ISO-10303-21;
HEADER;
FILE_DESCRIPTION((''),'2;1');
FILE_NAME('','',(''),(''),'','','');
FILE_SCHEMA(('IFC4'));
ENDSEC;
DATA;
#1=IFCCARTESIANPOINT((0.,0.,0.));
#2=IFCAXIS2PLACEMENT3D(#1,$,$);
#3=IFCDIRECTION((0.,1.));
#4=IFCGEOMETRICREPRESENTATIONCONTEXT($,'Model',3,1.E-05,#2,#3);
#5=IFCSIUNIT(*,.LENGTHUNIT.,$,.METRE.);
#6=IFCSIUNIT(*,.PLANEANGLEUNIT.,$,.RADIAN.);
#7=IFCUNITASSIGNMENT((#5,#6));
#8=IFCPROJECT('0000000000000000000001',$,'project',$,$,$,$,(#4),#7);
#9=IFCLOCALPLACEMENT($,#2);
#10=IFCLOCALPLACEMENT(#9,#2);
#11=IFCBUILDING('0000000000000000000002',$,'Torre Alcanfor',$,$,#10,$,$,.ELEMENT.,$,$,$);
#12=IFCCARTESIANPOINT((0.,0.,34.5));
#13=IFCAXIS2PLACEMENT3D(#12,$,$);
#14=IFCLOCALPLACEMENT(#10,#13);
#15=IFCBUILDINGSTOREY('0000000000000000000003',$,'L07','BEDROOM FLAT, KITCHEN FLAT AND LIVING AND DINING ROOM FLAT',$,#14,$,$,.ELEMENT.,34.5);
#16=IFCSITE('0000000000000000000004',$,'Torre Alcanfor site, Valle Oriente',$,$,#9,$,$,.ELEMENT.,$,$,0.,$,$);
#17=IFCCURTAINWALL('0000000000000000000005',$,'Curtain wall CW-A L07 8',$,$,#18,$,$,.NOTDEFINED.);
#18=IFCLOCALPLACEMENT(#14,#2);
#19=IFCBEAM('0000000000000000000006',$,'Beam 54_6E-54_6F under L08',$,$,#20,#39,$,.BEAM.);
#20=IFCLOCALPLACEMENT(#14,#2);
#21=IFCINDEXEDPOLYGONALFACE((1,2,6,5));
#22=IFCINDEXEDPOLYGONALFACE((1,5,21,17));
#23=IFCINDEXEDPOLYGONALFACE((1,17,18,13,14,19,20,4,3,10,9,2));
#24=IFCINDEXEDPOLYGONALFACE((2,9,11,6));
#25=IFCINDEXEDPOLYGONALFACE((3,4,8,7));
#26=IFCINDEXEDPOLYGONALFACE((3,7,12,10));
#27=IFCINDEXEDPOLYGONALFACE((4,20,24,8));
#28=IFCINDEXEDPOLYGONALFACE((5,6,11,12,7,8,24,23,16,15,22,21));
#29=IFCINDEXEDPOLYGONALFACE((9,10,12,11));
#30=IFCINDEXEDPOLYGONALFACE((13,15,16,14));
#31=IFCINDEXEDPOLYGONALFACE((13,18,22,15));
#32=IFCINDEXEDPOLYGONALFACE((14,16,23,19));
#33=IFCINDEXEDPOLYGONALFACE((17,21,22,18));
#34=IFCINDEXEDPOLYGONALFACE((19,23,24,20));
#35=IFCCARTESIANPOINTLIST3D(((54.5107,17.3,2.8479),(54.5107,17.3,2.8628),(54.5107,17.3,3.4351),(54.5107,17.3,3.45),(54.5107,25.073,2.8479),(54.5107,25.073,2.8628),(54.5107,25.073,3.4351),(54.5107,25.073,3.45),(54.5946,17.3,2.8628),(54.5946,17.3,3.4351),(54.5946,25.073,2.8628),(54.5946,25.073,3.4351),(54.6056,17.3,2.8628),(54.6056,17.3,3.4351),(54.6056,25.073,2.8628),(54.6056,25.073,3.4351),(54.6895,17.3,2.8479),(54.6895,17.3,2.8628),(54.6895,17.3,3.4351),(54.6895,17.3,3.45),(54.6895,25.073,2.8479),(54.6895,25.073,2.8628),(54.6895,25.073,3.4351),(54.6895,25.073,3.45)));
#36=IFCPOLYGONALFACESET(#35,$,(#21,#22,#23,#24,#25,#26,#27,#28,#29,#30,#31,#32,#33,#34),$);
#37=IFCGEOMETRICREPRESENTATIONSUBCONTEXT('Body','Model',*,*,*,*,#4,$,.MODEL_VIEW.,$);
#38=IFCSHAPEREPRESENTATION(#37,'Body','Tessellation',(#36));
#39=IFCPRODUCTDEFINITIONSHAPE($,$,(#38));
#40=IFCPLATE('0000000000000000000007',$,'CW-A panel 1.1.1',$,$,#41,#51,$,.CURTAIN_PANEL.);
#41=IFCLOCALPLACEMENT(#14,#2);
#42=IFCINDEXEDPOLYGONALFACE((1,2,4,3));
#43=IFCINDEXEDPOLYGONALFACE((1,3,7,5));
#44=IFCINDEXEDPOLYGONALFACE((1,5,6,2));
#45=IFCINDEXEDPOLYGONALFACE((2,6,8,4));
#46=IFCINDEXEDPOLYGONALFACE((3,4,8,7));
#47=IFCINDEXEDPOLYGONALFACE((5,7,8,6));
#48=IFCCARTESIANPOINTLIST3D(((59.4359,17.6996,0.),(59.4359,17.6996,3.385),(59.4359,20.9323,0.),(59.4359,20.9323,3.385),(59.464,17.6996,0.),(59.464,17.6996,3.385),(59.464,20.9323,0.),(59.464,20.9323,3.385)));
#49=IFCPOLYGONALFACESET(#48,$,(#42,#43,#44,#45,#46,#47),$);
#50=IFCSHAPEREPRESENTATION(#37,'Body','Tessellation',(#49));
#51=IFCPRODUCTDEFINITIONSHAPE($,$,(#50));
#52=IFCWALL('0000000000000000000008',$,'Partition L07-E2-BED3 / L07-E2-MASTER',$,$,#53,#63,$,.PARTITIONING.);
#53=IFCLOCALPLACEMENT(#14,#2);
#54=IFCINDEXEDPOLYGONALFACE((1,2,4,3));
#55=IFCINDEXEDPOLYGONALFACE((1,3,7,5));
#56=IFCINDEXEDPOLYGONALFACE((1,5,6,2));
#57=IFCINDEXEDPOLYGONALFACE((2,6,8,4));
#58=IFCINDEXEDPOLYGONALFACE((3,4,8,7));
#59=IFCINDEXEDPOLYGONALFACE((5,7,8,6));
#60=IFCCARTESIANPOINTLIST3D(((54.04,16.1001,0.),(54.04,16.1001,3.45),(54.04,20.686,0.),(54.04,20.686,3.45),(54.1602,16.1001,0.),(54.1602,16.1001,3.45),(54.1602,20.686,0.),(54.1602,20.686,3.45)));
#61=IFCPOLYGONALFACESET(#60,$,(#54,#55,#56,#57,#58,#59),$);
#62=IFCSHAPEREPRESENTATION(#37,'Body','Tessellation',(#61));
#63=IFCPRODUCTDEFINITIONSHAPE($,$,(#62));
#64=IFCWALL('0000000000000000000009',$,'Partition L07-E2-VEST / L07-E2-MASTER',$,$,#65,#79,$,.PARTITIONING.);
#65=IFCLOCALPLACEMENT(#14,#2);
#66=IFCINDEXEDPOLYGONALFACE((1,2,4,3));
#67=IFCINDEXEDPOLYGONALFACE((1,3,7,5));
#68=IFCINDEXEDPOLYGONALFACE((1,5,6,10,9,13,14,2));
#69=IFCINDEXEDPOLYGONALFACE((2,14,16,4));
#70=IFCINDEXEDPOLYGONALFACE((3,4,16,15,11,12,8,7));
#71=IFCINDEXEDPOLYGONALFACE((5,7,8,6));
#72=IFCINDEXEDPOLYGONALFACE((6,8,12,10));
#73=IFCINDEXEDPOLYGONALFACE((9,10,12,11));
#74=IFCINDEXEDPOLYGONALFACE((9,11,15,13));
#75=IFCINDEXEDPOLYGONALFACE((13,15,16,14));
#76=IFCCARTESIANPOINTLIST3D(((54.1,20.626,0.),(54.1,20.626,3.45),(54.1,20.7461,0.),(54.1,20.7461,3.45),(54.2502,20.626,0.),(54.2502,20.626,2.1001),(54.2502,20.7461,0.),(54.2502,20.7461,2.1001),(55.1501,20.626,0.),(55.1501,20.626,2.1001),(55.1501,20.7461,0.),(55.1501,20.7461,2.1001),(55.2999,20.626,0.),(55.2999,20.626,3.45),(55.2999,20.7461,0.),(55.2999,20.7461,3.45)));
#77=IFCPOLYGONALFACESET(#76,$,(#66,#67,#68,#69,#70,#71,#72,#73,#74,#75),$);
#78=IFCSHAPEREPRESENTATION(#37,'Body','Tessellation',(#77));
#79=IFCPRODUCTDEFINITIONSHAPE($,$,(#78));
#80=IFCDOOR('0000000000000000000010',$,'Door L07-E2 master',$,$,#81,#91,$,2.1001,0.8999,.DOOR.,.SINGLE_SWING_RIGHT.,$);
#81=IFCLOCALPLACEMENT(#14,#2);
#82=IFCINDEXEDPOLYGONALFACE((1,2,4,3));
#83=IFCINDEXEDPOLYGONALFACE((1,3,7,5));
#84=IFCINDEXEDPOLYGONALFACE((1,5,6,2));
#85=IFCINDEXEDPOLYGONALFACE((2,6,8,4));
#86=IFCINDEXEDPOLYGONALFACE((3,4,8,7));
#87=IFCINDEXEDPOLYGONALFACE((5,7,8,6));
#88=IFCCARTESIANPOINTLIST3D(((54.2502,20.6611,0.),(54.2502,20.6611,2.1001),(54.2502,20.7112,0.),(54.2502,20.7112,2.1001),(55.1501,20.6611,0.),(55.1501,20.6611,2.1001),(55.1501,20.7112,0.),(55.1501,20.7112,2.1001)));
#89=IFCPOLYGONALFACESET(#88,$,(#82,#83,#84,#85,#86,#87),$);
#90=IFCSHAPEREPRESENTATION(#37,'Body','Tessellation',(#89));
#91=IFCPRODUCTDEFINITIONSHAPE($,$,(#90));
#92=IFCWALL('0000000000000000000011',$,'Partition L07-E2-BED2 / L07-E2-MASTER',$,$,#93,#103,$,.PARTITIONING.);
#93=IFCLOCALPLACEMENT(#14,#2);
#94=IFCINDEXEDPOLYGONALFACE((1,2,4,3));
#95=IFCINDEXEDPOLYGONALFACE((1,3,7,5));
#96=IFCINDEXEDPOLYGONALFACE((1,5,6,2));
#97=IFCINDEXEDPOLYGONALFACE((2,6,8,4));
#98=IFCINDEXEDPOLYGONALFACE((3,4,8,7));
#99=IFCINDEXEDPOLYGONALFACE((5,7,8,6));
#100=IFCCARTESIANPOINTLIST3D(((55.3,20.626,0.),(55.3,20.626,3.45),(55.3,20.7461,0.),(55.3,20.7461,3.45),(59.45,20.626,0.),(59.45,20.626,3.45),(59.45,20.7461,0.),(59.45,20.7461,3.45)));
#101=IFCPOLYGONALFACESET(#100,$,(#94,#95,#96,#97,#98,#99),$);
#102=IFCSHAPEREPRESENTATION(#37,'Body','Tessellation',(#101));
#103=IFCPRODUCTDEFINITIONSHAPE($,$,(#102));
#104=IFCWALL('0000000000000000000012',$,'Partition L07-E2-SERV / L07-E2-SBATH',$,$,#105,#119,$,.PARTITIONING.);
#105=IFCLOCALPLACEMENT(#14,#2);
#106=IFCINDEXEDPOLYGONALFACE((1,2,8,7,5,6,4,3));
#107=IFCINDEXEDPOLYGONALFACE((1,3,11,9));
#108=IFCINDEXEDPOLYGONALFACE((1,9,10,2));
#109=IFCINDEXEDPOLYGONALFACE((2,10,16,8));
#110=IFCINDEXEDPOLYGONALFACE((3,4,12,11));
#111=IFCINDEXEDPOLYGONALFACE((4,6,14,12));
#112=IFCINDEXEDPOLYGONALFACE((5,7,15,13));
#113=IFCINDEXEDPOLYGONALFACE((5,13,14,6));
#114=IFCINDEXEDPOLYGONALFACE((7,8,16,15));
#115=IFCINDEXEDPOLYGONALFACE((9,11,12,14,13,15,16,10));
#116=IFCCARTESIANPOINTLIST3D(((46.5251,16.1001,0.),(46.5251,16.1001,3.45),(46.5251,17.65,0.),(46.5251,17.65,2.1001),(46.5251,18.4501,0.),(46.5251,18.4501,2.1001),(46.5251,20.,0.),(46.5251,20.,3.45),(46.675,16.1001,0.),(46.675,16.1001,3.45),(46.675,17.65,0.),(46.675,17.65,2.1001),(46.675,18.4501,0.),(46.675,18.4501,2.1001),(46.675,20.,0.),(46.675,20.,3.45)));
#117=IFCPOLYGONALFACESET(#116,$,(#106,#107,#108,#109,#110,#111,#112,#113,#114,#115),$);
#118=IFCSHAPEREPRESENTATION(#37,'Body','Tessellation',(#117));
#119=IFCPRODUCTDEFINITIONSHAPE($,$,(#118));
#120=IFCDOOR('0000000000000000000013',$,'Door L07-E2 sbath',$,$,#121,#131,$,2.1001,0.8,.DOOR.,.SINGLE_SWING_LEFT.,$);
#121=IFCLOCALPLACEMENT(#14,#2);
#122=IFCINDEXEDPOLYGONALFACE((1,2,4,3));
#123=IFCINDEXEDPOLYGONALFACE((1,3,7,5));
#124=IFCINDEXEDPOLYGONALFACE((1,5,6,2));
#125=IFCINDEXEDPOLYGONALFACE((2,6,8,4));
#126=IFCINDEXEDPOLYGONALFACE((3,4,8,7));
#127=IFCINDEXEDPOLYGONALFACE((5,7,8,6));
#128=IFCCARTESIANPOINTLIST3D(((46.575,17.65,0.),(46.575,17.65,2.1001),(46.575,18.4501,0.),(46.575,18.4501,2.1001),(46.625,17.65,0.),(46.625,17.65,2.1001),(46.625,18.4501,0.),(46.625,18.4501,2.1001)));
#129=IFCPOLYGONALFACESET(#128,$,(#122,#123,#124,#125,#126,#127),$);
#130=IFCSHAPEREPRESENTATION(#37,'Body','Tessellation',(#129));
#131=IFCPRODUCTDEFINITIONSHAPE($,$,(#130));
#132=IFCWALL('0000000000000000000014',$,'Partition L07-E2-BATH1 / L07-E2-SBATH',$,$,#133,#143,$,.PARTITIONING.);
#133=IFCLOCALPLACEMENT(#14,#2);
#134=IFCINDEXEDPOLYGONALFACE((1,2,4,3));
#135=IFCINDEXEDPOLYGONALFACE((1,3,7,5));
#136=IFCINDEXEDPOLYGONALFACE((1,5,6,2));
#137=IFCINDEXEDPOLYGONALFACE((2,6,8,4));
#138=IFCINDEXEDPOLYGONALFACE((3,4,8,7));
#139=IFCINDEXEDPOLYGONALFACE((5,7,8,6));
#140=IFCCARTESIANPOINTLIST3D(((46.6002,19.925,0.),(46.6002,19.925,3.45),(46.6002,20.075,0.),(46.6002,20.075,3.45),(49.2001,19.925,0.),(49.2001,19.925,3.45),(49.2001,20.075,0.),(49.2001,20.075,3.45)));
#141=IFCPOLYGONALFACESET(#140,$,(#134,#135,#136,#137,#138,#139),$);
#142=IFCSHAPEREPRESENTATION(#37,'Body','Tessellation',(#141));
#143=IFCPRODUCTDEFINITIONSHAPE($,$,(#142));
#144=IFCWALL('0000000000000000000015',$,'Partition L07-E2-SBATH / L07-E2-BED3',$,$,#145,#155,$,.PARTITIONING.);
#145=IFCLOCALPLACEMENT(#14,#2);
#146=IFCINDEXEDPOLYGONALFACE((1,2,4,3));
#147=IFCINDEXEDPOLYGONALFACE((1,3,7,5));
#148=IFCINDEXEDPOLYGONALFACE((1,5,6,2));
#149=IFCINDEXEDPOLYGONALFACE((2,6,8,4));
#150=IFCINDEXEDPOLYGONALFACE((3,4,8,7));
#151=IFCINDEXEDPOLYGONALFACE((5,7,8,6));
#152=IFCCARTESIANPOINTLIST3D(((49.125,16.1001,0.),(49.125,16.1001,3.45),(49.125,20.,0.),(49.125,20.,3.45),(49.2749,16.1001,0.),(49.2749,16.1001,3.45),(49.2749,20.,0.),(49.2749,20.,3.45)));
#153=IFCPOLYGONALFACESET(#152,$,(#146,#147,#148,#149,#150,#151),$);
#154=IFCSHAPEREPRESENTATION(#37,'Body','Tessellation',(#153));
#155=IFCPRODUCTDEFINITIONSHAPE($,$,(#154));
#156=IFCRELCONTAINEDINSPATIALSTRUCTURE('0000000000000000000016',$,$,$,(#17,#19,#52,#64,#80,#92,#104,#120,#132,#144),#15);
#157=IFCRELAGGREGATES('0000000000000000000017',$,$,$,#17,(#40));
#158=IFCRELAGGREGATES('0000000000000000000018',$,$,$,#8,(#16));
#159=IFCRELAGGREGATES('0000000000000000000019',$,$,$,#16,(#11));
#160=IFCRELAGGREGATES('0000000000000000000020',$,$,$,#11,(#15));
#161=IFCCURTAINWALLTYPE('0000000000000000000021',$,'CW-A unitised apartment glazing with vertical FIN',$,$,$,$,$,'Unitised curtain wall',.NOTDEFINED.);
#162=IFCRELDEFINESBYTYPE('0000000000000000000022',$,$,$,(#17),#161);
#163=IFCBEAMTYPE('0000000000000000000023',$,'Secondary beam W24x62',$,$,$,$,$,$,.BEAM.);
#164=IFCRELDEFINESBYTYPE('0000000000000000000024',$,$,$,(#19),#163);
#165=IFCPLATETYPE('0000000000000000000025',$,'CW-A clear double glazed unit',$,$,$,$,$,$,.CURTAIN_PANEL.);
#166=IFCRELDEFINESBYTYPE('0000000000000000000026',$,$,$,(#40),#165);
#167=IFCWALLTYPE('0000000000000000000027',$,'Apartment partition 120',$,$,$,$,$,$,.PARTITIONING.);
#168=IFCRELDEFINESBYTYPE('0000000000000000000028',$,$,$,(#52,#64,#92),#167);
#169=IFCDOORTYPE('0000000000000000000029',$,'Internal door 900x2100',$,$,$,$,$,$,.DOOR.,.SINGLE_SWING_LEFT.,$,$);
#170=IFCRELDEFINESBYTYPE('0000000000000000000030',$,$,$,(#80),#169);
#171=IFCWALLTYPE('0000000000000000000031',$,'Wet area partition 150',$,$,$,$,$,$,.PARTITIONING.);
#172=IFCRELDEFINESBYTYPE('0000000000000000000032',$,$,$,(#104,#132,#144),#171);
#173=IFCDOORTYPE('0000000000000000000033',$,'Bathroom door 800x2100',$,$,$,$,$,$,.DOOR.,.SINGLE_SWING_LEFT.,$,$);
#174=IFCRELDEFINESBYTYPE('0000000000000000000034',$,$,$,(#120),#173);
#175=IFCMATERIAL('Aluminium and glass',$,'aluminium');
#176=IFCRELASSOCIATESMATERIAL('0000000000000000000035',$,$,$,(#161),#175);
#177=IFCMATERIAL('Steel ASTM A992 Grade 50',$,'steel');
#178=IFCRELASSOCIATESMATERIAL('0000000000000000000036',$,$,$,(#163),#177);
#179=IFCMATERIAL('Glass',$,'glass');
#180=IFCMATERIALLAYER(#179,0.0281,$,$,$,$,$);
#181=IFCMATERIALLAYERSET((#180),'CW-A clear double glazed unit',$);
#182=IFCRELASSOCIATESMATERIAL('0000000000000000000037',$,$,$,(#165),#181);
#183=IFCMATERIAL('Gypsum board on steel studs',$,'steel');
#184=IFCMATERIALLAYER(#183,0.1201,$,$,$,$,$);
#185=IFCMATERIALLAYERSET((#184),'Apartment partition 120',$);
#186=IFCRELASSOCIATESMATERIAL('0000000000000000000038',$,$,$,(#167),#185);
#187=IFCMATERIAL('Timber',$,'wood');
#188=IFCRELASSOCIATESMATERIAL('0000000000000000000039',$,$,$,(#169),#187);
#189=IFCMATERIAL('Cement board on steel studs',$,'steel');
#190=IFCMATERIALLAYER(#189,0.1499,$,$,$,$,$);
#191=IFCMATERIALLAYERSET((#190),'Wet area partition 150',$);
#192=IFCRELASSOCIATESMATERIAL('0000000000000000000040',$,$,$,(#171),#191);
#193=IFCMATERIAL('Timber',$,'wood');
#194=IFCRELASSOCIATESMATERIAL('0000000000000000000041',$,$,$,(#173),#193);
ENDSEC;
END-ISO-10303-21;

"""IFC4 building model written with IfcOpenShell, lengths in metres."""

from ifc_helpers import new_model, si_unit, direction, frame, frame_2d, origin, origin_2d, place, context, subcontext, project, spatial, rectangle, i_section, extrude, material, layer, layer_set, material_profile, profile_set, type_object, element, fill, aggregate, save


model = new_model("IFC4")

# Units and contexts
model_context = context("Model", 3, precision=1e-05, world=origin(), true_north=direction((0.0, 1.0)))
body_context = subcontext(model_context, "Body", "Model", "MODEL_VIEW")
ifc_project = project(units=[si_unit("LENGTHUNIT", "METRE"), si_unit("PLANEANGLEUNIT", "RADIAN")], contexts=[model_context])

# Site, building, storey
site_placement = place(None, origin())
site = spatial("IfcSite", under=ifc_project, at=site_placement, Name="Torre Alcanfor site, Valle Oriente", CompositionType="ELEMENT", RefElevation=0.0)
building_placement = place(site_placement, origin())
building = spatial("IfcBuilding", under=site, at=building_placement, Name="Torre Alcanfor", CompositionType="ELEMENT")
storey_placement = place(building_placement, frame((0.0, 0.0, 34.5)))
storey = spatial("IfcBuildingStorey", under=building, at=storey_placement, Name="L07", Description="BEDROOM FLAT, KITCHEN FLAT AND LIVING AND DINING ROOM FLAT", CompositionType="ELEMENT", Elevation=34.5)

# Curtain wall
ifc_material_1 = material(Name="Aluminium and glass", Category="aluminium")
curtain_wall_type = type_object("IfcCurtainWallType", Name="CW-A unitised apartment glazing with vertical FIN", ElementType="Unitised curtain wall", PredefinedType="NOTDEFINED", material=ifc_material_1)
curtain_wall_placement = place(storey_placement, origin())
curtain_wall = element("IfcCurtainWall", 1, at=curtain_wall_placement, inside=storey, type_object=curtain_wall_type, Name="Curtain wall CW-A L07 8", PredefinedType="NOTDEFINED")

# Beam
ifc_material_2 = material(Name="Steel ASTM A992 Grade 50", Category="steel")
ifc_material_profile_1 = material_profile(ifc_material_2, i_section(OverallWidth=0.1787, OverallDepth=0.6021, WebThickness=0.011, FlangeThickness=0.0149, at=origin_2d()), Name="W24x62")
ifc_profile_set_1 = profile_set([ifc_material_profile_1], Name="Steel ASTM A992 Grade 50")
beam_type_1 = type_object("IfcBeamType", Name="Secondary beam W24x62", PredefinedType="BEAM", material=ifc_profile_set_1)
for number, where, z_axis, x_axis, name in (
    (2, (54.6001, 17.3, 3.1489), (0.0, 1.0, 0.0), (-1.0, 0.0, 0.0), "Beam 54_6E-54_6F under L08"),
):
    element("IfcBeam", number, at=place(storey_placement, frame(where, z_axis=z_axis, x_axis=x_axis)), inside=storey, type_object=beam_type_1, Name=name, PredefinedType="BEAM", context=body_context, shape_type="SweptSolid", body=[
        extrude(i_section(OverallWidth=0.1787, OverallDepth=0.6021, WebThickness=0.011, FlangeThickness=0.0149, at=origin_2d()), origin(), (0.0, 0.0, 1.0), 7.7729),
    ])

# Plate
ifc_material_3 = material(Name="Glass", Category="glass")
ifc_layer_1 = layer(ifc_material_3, 0.0281)
ifc_layer_set_1 = layer_set([ifc_layer_1], Name="CW-A clear double glazed unit")
plate_type = type_object("IfcPlateType", Name="CW-A clear double glazed unit", PredefinedType="CURTAIN_PANEL", material=ifc_layer_set_1)
plate_placement = place(storey_placement, frame((59.45, 19.3159, 0.0), z_axis=(0.0, 0.0, 1.0), x_axis=(0.0, 1.0, 0.0)))
plate = element("IfcPlate", 3, at=plate_placement, type_object=plate_type, Name="CW-A panel 1.1.1", PredefinedType="CURTAIN_PANEL", context=body_context, shape_type="SweptSolid", body=[
    extrude(rectangle(XDim=3.2327, YDim=0.0281, at=origin_2d()), origin(), (0.0, 0.0, 1.0), 3.385),
])
aggregate(curtain_wall, [plate])

# Wall
ifc_material_4 = material(Name="Gypsum board on steel studs", Category="steel")
ifc_layer_2 = layer(ifc_material_4, 0.1201)
ifc_layer_set_2 = layer_set([ifc_layer_2], Name="Apartment partition 120")
wall_type_1 = type_object("IfcWallType", Name="Apartment partition 120", PredefinedType="PARTITIONING", material=ifc_layer_set_2)
wall_1_placement = place(storey_placement, frame((54.1001, 20.686, 0.0), z_axis=(0.0, 0.0, 1.0), x_axis=(0.0, -1.0, 0.0)))
element("IfcWall", 4, at=wall_1_placement, inside=storey, type_object=wall_type_1, Name="Partition L07-E2-BED3 / L07-E2-MASTER", PredefinedType="PARTITIONING", context=body_context, shape_type="SweptSolid", body=[
    extrude(rectangle(XDim=4.5859, YDim=0.1201, at=frame_2d((2.293, 0.0))), origin(), (0.0, 0.0, 1.0), 3.45),
])

# Wall, opening, door
wall_2_placement = place(storey_placement, frame((55.3, 20.686, 0.0), z_axis=(0.0, 0.0, 1.0), x_axis=(-1.0, 0.0, 0.0)))
wall_2 = element("IfcWall", 5, at=wall_2_placement, inside=storey, type_object=wall_type_1, Name="Partition L07-E2-VEST / L07-E2-MASTER", PredefinedType="PARTITIONING", context=body_context, shape_type="SweptSolid", body=[
    extrude(rectangle(XDim=1.2, YDim=0.1201, at=frame_2d((0.6001, 0.0))), origin(), (0.0, 0.0, 1.0), 3.45),
])
opening_1_placement = place(wall_2_placement, frame((0.1499, 0.0, 0.0)))
opening_1 = element("IfcOpeningElement", 6, at=opening_1_placement, cuts=wall_2, PredefinedType="OPENING", context=body_context, shape_type="SweptSolid", body=[
    extrude(rectangle(XDim=0.8999, YDim=2.1001, at=frame_2d((0.45, 1.05))), frame((0.0, 0.0701, 0.0), z_axis=(0.0, -1.0, 0.0), x_axis=(1.0, 0.0, 0.0)), (0.0, 0.0, 1.0), 0.1401),
])
ifc_material_5 = material(Name="Timber", Category="wood")
door_type_1 = type_object("IfcDoorType", Name="Internal door 900x2100", OperationType="SINGLE_SWING_LEFT", PredefinedType="DOOR", material=ifc_material_5)
door_1_placement = place(opening_1_placement, frame((0.8999, 0.0, 0.0), z_axis=(0.0, 0.0, 1.0), x_axis=(-1.0, 0.0, 0.0)))
door_1 = element("IfcDoor", 7, at=door_1_placement, inside=storey, type_object=door_type_1, Name="Door L07-E2 master", OperationType="SINGLE_SWING_RIGHT", OverallHeight=2.1001, OverallWidth=0.8999, PredefinedType="DOOR", context=body_context, shape_type="SweptSolid", body=[
    extrude(rectangle(XDim=0.8999, YDim=2.1001, at=frame_2d((0.45, 1.05))), frame((0.0, 0.0251, 0.0), z_axis=(0.0, -1.0, 0.0), x_axis=(1.0, 0.0, 0.0)), (0.0, 0.0, 1.0), 0.05),
])
fill(opening_1, door_1)

# Wall
wall_3_placement = place(storey_placement, frame((59.45, 20.686, 0.0), z_axis=(0.0, 0.0, 1.0), x_axis=(-1.0, 0.0, 0.0)))
element("IfcWall", 8, at=wall_3_placement, inside=storey, type_object=wall_type_1, Name="Partition L07-E2-BED2 / L07-E2-MASTER", PredefinedType="PARTITIONING", context=body_context, shape_type="SweptSolid", body=[
    extrude(rectangle(XDim=4.1499, YDim=0.1201, at=frame_2d((2.075, 0.0))), origin(), (0.0, 0.0, 1.0), 3.45),
])

# Wall, opening, door
ifc_material_6 = material(Name="Cement board on steel studs", Category="steel")
ifc_layer_3 = layer(ifc_material_6, 0.1499)
ifc_layer_set_3 = layer_set([ifc_layer_3], Name="Wet area partition 150")
wall_type_2 = type_object("IfcWallType", Name="Wet area partition 150", PredefinedType="PARTITIONING", material=ifc_layer_set_3)
wall_4_placement = place(storey_placement, frame((46.6001, 20.0, 0.0), z_axis=(0.0, 0.0, 1.0), x_axis=(0.0, -1.0, 0.0)))
wall_4 = element("IfcWall", 9, at=wall_4_placement, inside=storey, type_object=wall_type_2, Name="Partition L07-E2-SERV / L07-E2-SBATH", PredefinedType="PARTITIONING", context=body_context, shape_type="SweptSolid", body=[
    extrude(rectangle(XDim=3.8999, YDim=0.1499, at=frame_2d((1.95, 0.0))), origin(), (0.0, 0.0, 1.0), 3.45),
])
opening_2_placement = place(wall_4_placement, frame((1.55, 0.0, 0.0)))
opening_2 = element("IfcOpeningElement", 10, at=opening_2_placement, cuts=wall_4, PredefinedType="OPENING", context=body_context, shape_type="SweptSolid", body=[
    extrude(rectangle(XDim=0.8, YDim=2.1001, at=frame_2d((0.3999, 1.05))), frame((0.0, 0.085, 0.0), z_axis=(0.0, -1.0, 0.0), x_axis=(1.0, 0.0, 0.0)), (0.0, 0.0, 1.0), 0.1699),
])
ifc_material_7 = material(Name="Timber", Category="wood")
door_type_2 = type_object("IfcDoorType", Name="Bathroom door 800x2100", OperationType="SINGLE_SWING_LEFT", PredefinedType="DOOR", material=ifc_material_7)
door_2_placement = place(opening_2_placement, origin())
door_2 = element("IfcDoor", 11, at=door_2_placement, inside=storey, type_object=door_type_2, Name="Door L07-E2 sbath", OperationType="SINGLE_SWING_LEFT", OverallHeight=2.1001, OverallWidth=0.8, PredefinedType="DOOR", context=body_context, shape_type="SweptSolid", body=[
    extrude(rectangle(XDim=0.8, YDim=2.1001, at=frame_2d((0.3999, 1.05))), frame((0.0, 0.0249, 0.0), z_axis=(0.0, -1.0, 0.0), x_axis=(1.0, 0.0, 0.0)), (0.0, 0.0, 1.0), 0.05),
])
fill(opening_2, door_2)

# Walls
wall_5_placement = place(storey_placement, frame((49.2, 20.0, 0.0), z_axis=(0.0, 0.0, 1.0), x_axis=(-1.0, 0.0, 0.0)))
element("IfcWall", 12, at=wall_5_placement, inside=storey, type_object=wall_type_2, Name="Partition L07-E2-BATH1 / L07-E2-SBATH", PredefinedType="PARTITIONING", context=body_context, shape_type="SweptSolid", body=[
    extrude(rectangle(XDim=2.5999, YDim=0.1499, at=frame_2d((1.2998, 0.0))), origin(), (0.0, 0.0, 1.0), 3.45),
])
wall_6_placement = place(storey_placement, frame((49.2, 20.0, 0.0), z_axis=(0.0, 0.0, 1.0), x_axis=(0.0, -1.0, 0.0)))
element("IfcWall", 13, at=wall_6_placement, inside=storey, type_object=wall_type_2, Name="Partition L07-E2-SBATH / L07-E2-BED3", PredefinedType="PARTITIONING", context=body_context, shape_type="SweptSolid", body=[
    extrude(rectangle(XDim=3.8999, YDim=0.1499, at=frame_2d((1.95, 0.0))), origin(), (0.0, 0.0, 1.0), 3.45),
])

save(model, "model.ifc")
